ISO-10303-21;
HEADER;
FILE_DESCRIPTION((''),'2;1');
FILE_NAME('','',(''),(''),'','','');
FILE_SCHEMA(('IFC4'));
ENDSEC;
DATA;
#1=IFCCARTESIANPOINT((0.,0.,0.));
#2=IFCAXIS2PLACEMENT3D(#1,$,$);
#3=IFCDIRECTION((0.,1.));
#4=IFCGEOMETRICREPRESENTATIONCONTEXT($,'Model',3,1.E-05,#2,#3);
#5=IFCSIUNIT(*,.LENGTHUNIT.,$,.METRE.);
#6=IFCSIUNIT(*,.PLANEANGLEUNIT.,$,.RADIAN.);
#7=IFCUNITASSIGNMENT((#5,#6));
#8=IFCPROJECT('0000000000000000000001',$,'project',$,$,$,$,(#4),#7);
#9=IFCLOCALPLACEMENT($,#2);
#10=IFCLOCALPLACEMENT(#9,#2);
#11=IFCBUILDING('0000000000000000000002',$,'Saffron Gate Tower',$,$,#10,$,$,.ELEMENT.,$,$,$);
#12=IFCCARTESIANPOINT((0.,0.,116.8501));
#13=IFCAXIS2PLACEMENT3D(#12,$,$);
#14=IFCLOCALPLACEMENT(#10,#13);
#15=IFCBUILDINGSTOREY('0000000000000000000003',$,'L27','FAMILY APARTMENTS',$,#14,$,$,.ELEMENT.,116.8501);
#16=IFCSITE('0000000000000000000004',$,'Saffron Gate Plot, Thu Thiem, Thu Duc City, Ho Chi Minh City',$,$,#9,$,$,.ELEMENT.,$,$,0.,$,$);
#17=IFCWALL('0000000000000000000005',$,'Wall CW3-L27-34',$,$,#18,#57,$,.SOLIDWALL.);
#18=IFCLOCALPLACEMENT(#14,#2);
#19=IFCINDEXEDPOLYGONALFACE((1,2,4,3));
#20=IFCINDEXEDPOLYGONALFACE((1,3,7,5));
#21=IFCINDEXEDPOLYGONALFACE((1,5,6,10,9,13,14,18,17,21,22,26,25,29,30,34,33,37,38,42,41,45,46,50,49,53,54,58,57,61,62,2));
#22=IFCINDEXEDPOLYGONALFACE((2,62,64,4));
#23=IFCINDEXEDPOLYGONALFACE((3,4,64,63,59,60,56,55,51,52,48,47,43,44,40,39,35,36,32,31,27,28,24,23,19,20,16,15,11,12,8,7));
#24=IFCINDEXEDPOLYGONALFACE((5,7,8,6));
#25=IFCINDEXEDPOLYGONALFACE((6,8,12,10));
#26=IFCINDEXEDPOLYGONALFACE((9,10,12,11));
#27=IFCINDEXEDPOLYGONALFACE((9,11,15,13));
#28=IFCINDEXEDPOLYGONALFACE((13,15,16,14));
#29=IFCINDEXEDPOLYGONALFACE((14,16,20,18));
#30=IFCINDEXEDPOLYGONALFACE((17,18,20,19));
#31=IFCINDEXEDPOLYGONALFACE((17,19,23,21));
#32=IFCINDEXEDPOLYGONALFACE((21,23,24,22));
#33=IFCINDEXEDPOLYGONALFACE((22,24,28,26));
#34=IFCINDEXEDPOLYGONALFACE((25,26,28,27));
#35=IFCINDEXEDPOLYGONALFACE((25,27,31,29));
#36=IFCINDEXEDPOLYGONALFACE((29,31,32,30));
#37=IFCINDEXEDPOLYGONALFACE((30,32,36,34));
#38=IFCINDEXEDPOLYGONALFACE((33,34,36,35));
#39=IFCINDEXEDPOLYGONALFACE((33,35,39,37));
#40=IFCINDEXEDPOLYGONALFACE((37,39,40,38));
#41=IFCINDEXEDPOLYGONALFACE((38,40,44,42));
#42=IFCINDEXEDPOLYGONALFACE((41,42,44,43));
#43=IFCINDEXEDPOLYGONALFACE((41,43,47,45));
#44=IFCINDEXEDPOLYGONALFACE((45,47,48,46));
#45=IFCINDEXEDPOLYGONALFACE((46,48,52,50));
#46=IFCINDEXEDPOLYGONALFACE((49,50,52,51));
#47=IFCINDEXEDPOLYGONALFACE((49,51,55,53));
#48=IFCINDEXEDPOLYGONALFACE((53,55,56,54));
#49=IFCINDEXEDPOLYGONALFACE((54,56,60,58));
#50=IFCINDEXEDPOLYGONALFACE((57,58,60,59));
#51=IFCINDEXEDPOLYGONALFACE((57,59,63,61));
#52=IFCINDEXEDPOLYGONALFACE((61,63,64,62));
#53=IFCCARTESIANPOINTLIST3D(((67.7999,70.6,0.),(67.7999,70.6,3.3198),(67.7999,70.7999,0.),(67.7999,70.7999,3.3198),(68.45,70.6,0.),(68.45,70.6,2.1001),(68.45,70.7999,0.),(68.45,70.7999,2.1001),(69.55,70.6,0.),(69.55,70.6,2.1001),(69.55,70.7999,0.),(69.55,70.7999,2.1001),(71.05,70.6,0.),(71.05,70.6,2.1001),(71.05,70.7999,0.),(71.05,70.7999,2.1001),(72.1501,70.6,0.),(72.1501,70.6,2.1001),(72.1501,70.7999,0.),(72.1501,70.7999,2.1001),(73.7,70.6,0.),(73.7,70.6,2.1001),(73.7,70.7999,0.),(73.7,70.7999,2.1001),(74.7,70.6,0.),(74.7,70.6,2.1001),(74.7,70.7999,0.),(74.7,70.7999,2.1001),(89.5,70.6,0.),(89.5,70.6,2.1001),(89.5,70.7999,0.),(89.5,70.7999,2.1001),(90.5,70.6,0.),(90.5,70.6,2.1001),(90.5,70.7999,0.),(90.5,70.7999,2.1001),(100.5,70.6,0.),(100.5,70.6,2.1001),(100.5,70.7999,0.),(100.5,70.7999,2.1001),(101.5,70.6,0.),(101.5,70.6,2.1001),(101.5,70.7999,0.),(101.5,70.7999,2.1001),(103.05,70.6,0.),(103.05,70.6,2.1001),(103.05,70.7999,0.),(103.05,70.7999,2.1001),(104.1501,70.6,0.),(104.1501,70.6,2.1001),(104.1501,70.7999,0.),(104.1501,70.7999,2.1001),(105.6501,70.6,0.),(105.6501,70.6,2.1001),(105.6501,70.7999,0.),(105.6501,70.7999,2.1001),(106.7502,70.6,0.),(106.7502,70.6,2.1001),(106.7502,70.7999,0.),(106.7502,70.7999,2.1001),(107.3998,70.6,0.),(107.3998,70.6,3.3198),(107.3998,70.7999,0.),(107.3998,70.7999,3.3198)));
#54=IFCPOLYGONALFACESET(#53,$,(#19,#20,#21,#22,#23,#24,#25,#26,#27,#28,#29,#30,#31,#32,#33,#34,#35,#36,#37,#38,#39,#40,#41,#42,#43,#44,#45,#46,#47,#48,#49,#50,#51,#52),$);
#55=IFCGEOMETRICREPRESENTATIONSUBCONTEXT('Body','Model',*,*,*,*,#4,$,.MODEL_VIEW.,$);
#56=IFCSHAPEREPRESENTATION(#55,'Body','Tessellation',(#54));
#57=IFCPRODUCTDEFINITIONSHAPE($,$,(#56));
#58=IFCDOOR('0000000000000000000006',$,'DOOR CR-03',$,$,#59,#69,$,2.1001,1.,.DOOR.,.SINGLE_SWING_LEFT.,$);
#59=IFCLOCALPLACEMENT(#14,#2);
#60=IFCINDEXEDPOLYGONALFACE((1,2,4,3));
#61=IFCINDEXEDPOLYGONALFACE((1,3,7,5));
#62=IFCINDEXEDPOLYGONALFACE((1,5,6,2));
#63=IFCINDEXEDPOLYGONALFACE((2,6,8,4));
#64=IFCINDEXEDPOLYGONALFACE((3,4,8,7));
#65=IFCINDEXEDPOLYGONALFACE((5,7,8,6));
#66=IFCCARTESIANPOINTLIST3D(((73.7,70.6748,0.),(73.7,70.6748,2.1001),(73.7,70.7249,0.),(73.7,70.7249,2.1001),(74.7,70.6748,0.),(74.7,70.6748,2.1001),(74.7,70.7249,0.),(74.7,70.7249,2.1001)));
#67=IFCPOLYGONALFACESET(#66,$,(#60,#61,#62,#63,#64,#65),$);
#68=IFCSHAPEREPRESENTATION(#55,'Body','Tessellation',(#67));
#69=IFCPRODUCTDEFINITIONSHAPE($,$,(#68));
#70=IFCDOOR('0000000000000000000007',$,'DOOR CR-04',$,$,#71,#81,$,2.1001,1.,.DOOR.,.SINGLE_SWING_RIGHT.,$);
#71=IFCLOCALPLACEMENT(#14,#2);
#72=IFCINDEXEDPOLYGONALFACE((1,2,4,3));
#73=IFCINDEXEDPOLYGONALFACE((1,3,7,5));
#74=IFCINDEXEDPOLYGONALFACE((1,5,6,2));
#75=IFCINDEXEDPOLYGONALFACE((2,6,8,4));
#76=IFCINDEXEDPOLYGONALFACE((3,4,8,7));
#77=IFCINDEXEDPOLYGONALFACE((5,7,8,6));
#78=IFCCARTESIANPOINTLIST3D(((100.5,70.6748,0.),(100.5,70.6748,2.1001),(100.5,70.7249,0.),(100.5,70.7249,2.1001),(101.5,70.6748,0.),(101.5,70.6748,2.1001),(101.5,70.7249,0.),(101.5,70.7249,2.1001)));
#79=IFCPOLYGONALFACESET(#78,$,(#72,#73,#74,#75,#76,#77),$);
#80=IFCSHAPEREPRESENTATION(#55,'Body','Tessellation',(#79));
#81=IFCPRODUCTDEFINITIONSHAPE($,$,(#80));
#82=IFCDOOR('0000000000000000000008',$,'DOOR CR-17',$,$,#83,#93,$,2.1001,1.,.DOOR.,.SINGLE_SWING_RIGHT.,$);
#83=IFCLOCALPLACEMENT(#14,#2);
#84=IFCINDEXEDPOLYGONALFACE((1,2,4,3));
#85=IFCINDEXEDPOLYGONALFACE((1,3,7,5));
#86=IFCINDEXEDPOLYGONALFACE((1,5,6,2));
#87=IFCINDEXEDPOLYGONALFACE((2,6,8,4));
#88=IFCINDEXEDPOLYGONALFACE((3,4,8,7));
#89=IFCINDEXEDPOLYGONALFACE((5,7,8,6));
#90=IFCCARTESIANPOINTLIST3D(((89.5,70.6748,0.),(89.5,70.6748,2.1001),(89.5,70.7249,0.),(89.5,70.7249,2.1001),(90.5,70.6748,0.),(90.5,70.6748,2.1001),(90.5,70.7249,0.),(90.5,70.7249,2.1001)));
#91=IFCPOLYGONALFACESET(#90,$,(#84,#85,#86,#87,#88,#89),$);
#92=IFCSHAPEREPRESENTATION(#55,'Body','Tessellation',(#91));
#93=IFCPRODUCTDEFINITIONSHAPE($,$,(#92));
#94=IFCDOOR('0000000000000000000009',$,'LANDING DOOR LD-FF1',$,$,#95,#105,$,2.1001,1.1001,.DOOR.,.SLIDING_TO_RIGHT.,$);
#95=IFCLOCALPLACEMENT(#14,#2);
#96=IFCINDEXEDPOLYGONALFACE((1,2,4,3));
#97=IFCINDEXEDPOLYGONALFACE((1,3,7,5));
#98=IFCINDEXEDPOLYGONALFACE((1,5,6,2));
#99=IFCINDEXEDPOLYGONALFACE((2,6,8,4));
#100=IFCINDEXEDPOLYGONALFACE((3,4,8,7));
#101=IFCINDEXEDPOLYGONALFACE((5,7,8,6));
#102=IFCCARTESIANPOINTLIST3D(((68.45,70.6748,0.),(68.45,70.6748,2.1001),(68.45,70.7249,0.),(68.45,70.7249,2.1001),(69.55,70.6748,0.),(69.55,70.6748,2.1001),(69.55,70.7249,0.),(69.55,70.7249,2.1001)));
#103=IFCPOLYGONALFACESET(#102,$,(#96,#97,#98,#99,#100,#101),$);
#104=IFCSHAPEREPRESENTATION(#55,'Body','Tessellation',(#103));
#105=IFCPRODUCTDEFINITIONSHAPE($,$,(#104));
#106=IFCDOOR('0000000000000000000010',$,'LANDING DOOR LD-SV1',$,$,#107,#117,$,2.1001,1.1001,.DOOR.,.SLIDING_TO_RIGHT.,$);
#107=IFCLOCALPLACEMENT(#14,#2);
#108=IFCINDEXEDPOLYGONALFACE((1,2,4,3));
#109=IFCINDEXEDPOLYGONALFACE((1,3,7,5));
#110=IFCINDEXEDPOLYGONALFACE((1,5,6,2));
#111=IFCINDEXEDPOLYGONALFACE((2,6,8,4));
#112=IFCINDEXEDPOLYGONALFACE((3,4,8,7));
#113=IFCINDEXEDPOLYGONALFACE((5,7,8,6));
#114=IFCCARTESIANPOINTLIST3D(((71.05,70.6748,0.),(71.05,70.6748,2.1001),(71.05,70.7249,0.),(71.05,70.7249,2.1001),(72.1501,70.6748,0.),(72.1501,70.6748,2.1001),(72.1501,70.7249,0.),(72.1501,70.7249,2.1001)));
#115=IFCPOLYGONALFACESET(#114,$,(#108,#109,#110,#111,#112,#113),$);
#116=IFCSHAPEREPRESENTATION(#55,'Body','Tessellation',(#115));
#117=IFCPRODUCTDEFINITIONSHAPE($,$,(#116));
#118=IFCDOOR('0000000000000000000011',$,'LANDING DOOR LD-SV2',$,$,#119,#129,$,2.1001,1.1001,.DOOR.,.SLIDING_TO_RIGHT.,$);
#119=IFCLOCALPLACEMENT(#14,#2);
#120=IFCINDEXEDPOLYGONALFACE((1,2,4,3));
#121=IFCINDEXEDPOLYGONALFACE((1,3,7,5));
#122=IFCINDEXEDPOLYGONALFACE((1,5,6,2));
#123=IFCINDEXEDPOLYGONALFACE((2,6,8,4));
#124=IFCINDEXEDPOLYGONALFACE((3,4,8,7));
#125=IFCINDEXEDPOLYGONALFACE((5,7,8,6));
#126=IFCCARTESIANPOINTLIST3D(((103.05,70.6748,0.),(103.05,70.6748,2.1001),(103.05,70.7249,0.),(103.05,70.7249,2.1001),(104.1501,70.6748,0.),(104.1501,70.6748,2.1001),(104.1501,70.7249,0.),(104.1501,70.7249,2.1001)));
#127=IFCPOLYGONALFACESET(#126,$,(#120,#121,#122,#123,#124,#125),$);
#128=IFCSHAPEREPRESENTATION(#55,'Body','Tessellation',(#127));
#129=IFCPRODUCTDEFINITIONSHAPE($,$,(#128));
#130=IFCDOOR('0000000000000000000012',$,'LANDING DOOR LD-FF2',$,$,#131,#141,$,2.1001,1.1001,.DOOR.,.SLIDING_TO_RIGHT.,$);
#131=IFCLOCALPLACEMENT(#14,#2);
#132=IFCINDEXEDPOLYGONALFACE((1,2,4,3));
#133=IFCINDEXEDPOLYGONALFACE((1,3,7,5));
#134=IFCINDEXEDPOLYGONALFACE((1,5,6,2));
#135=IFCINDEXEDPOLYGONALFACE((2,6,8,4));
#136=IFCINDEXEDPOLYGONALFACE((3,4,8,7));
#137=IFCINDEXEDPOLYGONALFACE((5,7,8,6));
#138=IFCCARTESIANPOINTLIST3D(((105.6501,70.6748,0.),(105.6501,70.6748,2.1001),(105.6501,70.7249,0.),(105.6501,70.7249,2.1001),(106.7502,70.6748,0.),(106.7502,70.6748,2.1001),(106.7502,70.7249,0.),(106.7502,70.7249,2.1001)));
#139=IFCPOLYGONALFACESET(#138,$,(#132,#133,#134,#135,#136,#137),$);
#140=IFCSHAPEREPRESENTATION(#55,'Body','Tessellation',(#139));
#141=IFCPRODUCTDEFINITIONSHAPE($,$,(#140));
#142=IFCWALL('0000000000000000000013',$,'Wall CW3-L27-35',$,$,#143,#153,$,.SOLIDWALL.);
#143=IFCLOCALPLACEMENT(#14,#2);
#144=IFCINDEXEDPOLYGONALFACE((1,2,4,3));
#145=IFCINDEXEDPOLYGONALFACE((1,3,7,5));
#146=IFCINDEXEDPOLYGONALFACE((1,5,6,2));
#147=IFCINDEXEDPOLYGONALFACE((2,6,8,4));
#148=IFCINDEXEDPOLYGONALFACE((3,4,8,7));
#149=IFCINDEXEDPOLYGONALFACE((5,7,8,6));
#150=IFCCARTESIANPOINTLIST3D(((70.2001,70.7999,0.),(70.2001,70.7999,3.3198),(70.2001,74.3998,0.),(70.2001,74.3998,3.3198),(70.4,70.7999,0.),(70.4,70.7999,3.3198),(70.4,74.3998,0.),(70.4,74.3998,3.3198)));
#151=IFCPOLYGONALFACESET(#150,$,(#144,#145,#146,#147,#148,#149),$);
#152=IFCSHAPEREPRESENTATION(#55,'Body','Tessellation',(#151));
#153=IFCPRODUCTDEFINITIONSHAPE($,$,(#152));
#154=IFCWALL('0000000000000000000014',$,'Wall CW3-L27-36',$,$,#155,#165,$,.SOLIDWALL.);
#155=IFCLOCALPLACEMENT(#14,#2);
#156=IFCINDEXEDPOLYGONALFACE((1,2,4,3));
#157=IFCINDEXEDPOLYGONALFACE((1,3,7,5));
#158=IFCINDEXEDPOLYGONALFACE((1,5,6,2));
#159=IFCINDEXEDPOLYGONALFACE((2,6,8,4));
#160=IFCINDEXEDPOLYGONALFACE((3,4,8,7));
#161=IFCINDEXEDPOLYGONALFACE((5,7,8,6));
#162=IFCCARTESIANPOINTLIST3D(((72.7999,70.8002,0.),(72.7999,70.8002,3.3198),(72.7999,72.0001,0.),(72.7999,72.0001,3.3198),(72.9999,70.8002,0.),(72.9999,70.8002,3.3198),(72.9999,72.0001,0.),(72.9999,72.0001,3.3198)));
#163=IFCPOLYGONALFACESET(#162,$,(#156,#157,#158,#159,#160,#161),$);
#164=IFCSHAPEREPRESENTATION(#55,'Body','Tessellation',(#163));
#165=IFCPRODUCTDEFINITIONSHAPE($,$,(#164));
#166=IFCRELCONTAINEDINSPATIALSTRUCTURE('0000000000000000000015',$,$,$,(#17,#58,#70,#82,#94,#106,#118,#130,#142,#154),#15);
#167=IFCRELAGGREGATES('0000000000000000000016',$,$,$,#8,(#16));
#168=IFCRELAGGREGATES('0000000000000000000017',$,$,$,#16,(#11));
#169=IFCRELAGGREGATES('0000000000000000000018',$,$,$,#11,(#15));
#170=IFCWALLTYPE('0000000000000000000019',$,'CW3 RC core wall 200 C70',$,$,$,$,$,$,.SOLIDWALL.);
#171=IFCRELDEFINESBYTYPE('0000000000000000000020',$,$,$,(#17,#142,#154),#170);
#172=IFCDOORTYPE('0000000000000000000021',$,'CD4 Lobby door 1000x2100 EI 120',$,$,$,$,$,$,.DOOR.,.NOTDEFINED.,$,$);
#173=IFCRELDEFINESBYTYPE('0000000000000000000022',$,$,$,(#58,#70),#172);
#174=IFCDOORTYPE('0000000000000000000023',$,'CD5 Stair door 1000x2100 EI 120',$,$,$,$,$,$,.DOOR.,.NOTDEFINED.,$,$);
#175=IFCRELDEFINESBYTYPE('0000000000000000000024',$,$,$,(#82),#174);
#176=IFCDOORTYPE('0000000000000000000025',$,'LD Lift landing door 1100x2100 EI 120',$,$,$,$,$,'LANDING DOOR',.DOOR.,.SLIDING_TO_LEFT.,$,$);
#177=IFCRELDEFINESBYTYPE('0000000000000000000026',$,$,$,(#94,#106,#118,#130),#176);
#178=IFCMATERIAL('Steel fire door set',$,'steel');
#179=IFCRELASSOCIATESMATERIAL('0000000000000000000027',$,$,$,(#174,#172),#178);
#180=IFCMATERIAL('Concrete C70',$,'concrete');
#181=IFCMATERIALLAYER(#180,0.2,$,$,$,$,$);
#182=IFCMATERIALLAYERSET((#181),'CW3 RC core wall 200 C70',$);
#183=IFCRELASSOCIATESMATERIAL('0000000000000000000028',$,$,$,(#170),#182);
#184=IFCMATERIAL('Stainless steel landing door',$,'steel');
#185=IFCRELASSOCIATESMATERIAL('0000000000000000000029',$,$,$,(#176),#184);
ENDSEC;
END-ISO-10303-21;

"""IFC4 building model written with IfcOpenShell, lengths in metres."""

from ifc_helpers import new_model, si_unit, direction, frame, frame_2d, origin, place, context, subcontext, project, spatial, rectangle, extrude, material, layer, layer_set, type_object, element, fill, save


model = new_model("IFC4")

# Units and contexts
model_context = context("Model", 3, precision=1e-05, world=origin(), true_north=direction((0.0, 1.0)))
body_context = subcontext(model_context, "Body", "Model", "MODEL_VIEW")
ifc_project = project(units=[si_unit("LENGTHUNIT", "METRE"), si_unit("PLANEANGLEUNIT", "RADIAN")], contexts=[model_context])

# Site, building, storey
site_placement = place(None, origin())
site = spatial("IfcSite", under=ifc_project, at=site_placement, Name="Saffron Gate Plot, Thu Thiem, Thu Duc City, Ho Chi Minh City", CompositionType="ELEMENT", RefElevation=0.0)
building_placement = place(site_placement, origin())
building = spatial("IfcBuilding", under=site, at=building_placement, Name="Saffron Gate Tower", CompositionType="ELEMENT")
storey_placement = place(building_placement, frame((0.0, 0.0, 116.8501)))
storey = spatial("IfcBuildingStorey", under=building, at=storey_placement, Name="L27", Description="FAMILY APARTMENTS", CompositionType="ELEMENT", Elevation=116.8501)

# Wall, openings, doors
ifc_material_1 = material(Name="Concrete C70", Category="concrete")
ifc_material_2 = material(Name="Steel fire door set", Category="steel")
door_type_1 = type_object("IfcDoorType", Name="CD5 Stair door 1000x2100 EI 120", OperationType="NOTDEFINED", PredefinedType="DOOR", material=ifc_material_2)
ifc_layer_1 = layer(ifc_material_1, 0.2)
ifc_layer_set_1 = layer_set([ifc_layer_1], Name="CW3 RC core wall 200 C70")
wall_type_1 = type_object("IfcWallType", Name="CW3 RC core wall 200 C70", PredefinedType="SOLIDWALL", material=ifc_layer_set_1)
wall_1_placement = place(storey_placement, frame((67.8, 70.7, 0.0), z_axis=(0.0, 0.0, 1.0), x_axis=(1.0, 0.0, 0.0)))
wall_1 = element("IfcWall", 1, at=wall_1_placement, inside=storey, type_object=wall_type_1, Name="Wall CW3-L27-34", PredefinedType="SOLIDWALL", context=body_context, shape_type="SweptSolid", body=[
    extrude(rectangle(XDim=39.5999, YDim=0.2, at=frame_2d((19.7998, 0.0))), origin(), (0.0, 0.0, 1.0), 3.3198),
])
opening_1_placement = place(wall_1_placement, frame((0.6499, 0.0, 0.0)))
opening_1 = element("IfcOpeningElement", 2, at=opening_1_placement, cuts=wall_1, PredefinedType="OPENING", context=body_context, shape_type="SweptSolid", body=[
    extrude(rectangle(XDim=1.1001, YDim=2.1001, at=frame_2d((0.55, 1.05))), frame((0.0, 0.1099, 0.0), z_axis=(0.0, -1.0, 0.0), x_axis=(1.0, 0.0, 0.0)), (0.0, 0.0, 1.0), 0.22),
])
opening_2_placement = place(wall_1_placement, frame((3.25, 0.0, 0.0)))
opening_2 = element("IfcOpeningElement", 3, at=opening_2_placement, cuts=wall_1, PredefinedType="OPENING", context=body_context, shape_type="SweptSolid", body=[
    extrude(rectangle(XDim=1.1001, YDim=2.1001, at=frame_2d((0.55, 1.05))), frame((0.0, 0.1099, 0.0), z_axis=(0.0, -1.0, 0.0), x_axis=(1.0, 0.0, 0.0)), (0.0, 0.0, 1.0), 0.22),
])
opening_3_placement = place(wall_1_placement, frame((5.8999, 0.0, 0.0)))
opening_3 = element("IfcOpeningElement", 4, at=opening_3_placement, cuts=wall_1, PredefinedType="OPENING", context=body_context, shape_type="SweptSolid", body=[
    extrude(rectangle(XDim=1.0, YDim=2.1001, at=frame_2d((0.5, 1.05))), frame((0.0, 0.1099, 0.0), z_axis=(0.0, -1.0, 0.0), x_axis=(1.0, 0.0, 0.0)), (0.0, 0.0, 1.0), 0.22),
])
opening_4_placement = place(wall_1_placement, frame((21.7, 0.0, 0.0)))
opening_4 = element("IfcOpeningElement", 5, at=opening_4_placement, cuts=wall_1, PredefinedType="OPENING", context=body_context, shape_type="SweptSolid", body=[
    extrude(rectangle(XDim=1.0, YDim=2.1001, at=frame_2d((0.5, 1.05))), frame((0.0, 0.1099, 0.0), z_axis=(0.0, -1.0, 0.0), x_axis=(1.0, 0.0, 0.0)), (0.0, 0.0, 1.0), 0.22),
])
opening_5_placement = place(wall_1_placement, frame((32.7, 0.0, 0.0)))
opening_5 = element("IfcOpeningElement", 6, at=opening_5_placement, cuts=wall_1, PredefinedType="OPENING", context=body_context, shape_type="SweptSolid", body=[
    extrude(rectangle(XDim=1.0, YDim=2.1001, at=frame_2d((0.5, 1.05))), frame((0.0, 0.1099, 0.0), z_axis=(0.0, -1.0, 0.0), x_axis=(1.0, 0.0, 0.0)), (0.0, 0.0, 1.0), 0.22),
])
opening_6_placement = place(wall_1_placement, frame((35.25, 0.0, 0.0)))
opening_6 = element("IfcOpeningElement", 7, at=opening_6_placement, cuts=wall_1, PredefinedType="OPENING", context=body_context, shape_type="SweptSolid", body=[
    extrude(rectangle(XDim=1.1001, YDim=2.1001, at=frame_2d((0.55, 1.05))), frame((0.0, 0.1099, 0.0), z_axis=(0.0, -1.0, 0.0), x_axis=(1.0, 0.0, 0.0)), (0.0, 0.0, 1.0), 0.22),
])
opening_7_placement = place(wall_1_placement, frame((37.8501, 0.0, 0.0)))
opening_7 = element("IfcOpeningElement", 8, at=opening_7_placement, cuts=wall_1, PredefinedType="OPENING", context=body_context, shape_type="SweptSolid", body=[
    extrude(rectangle(XDim=1.1001, YDim=2.1001, at=frame_2d((0.55, 1.05))), frame((0.0, 0.1099, 0.0), z_axis=(0.0, -1.0, 0.0), x_axis=(1.0, 0.0, 0.0)), (0.0, 0.0, 1.0), 0.22),
])
door_type_2 = type_object("IfcDoorType", Name="CD4 Lobby door 1000x2100 EI 120", OperationType="NOTDEFINED", PredefinedType="DOOR", material=ifc_material_2)
door_1_placement = place(opening_3_placement, origin())
door_1 = element("IfcDoor", 9, at=door_1_placement, inside=storey, type_object=door_type_2, Name="DOOR CR-03", OperationType="SINGLE_SWING_LEFT", OverallHeight=2.1001, OverallWidth=1.0, PredefinedType="DOOR", context=body_context, shape_type="SweptSolid", body=[
    extrude(rectangle(XDim=1.0, YDim=2.1001, at=frame_2d((0.5, 1.05))), frame((0.0, 0.0249, 0.0), z_axis=(0.0, -1.0, 0.0), x_axis=(1.0, 0.0, 0.0)), (0.0, 0.0, 1.0), 0.05),
])
fill(opening_3, door_1)
door_2_placement = place(opening_5_placement, origin())
door_2 = element("IfcDoor", 10, at=door_2_placement, inside=storey, type_object=door_type_2, Name="DOOR CR-04", OperationType="SINGLE_SWING_RIGHT", OverallHeight=2.1001, OverallWidth=1.0, PredefinedType="DOOR", context=body_context, shape_type="SweptSolid", body=[
    extrude(rectangle(XDim=1.0, YDim=2.1001, at=frame_2d((0.5, 1.05))), frame((0.0, 0.0249, 0.0), z_axis=(0.0, -1.0, 0.0), x_axis=(1.0, 0.0, 0.0)), (0.0, 0.0, 1.0), 0.05),
])
fill(opening_5, door_2)
door_3_placement = place(opening_4_placement, origin())
door_3 = element("IfcDoor", 11, at=door_3_placement, inside=storey, type_object=door_type_1, Name="DOOR CR-17", OperationType="SINGLE_SWING_RIGHT", OverallHeight=2.1001, OverallWidth=1.0, PredefinedType="DOOR", context=body_context, shape_type="SweptSolid", body=[
    extrude(rectangle(XDim=1.0, YDim=2.1001, at=frame_2d((0.5, 1.05))), frame((0.0, 0.0249, 0.0), z_axis=(0.0, -1.0, 0.0), x_axis=(1.0, 0.0, 0.0)), (0.0, 0.0, 1.0), 0.05),
])
fill(opening_4, door_3)
ifc_material_3 = material(Name="Stainless steel landing door", Category="steel")
door_type_3 = type_object("IfcDoorType", Name="LD Lift landing door 1100x2100 EI 120", ElementType="LANDING DOOR", OperationType="SLIDING_TO_LEFT", PredefinedType="DOOR", material=ifc_material_3)
door_4_placement = place(opening_1_placement, origin())
door_4 = element("IfcDoor", 12, at=door_4_placement, inside=storey, type_object=door_type_3, Name="LANDING DOOR LD-FF1", OperationType="SLIDING_TO_RIGHT", OverallHeight=2.1001, OverallWidth=1.1001, PredefinedType="DOOR", context=body_context, shape_type="SweptSolid", body=[
    extrude(rectangle(XDim=1.1001, YDim=2.1001, at=frame_2d((0.55, 1.05))), frame((0.0, 0.0249, 0.0), z_axis=(0.0, -1.0, 0.0), x_axis=(1.0, 0.0, 0.0)), (0.0, 0.0, 1.0), 0.05),
])
fill(opening_1, door_4)
door_5_placement = place(opening_2_placement, origin())
door_5 = element("IfcDoor", 13, at=door_5_placement, inside=storey, type_object=door_type_3, Name="LANDING DOOR LD-SV1", OperationType="SLIDING_TO_RIGHT", OverallHeight=2.1001, OverallWidth=1.1001, PredefinedType="DOOR", context=body_context, shape_type="SweptSolid", body=[
    extrude(rectangle(XDim=1.1001, YDim=2.1001, at=frame_2d((0.55, 1.05))), frame((0.0, 0.0249, 0.0), z_axis=(0.0, -1.0, 0.0), x_axis=(1.0, 0.0, 0.0)), (0.0, 0.0, 1.0), 0.05),
])
fill(opening_2, door_5)
door_6_placement = place(opening_6_placement, origin())
door_6 = element("IfcDoor", 14, at=door_6_placement, inside=storey, type_object=door_type_3, Name="LANDING DOOR LD-SV2", OperationType="SLIDING_TO_RIGHT", OverallHeight=2.1001, OverallWidth=1.1001, PredefinedType="DOOR", context=body_context, shape_type="SweptSolid", body=[
    extrude(rectangle(XDim=1.1001, YDim=2.1001, at=frame_2d((0.55, 1.05))), frame((0.0, 0.0249, 0.0), z_axis=(0.0, -1.0, 0.0), x_axis=(1.0, 0.0, 0.0)), (0.0, 0.0, 1.0), 0.05),
])
fill(opening_6, door_6)
door_7_placement = place(opening_7_placement, origin())
door_7 = element("IfcDoor", 15, at=door_7_placement, inside=storey, type_object=door_type_3, Name="LANDING DOOR LD-FF2", OperationType="SLIDING_TO_RIGHT", OverallHeight=2.1001, OverallWidth=1.1001, PredefinedType="DOOR", context=body_context, shape_type="SweptSolid", body=[
    extrude(rectangle(XDim=1.1001, YDim=2.1001, at=frame_2d((0.55, 1.05))), frame((0.0, 0.0249, 0.0), z_axis=(0.0, -1.0, 0.0), x_axis=(1.0, 0.0, 0.0)), (0.0, 0.0, 1.0), 0.05),
])
fill(opening_7, door_7)

# Walls
wall_2_placement = place(storey_placement, frame((70.3, 70.8, 0.0), z_axis=(0.0, 0.0, 1.0), x_axis=(0.0, 1.0, 0.0)))
element("IfcWall", 16, at=wall_2_placement, inside=storey, type_object=wall_type_1, Name="Wall CW3-L27-35", PredefinedType="SOLIDWALL", context=body_context, shape_type="SweptSolid", body=[
    extrude(rectangle(XDim=3.5999, YDim=0.2, at=frame_2d((1.7998, 0.0))), origin(), (0.0, 0.0, 1.0), 3.3198),
])
wall_3_placement = place(storey_placement, frame((72.8999, 70.8, 0.0), z_axis=(0.0, 0.0, 1.0), x_axis=(0.0, 1.0, 0.0)))
element("IfcWall", 17, at=wall_3_placement, inside=storey, type_object=wall_type_1, Name="Wall CW3-L27-36", PredefinedType="SOLIDWALL", context=body_context, shape_type="SweptSolid", body=[
    extrude(rectangle(XDim=1.2, YDim=0.2, at=frame_2d((0.6001, 0.0))), origin(), (0.0, 0.0, 1.0), 3.3198),
])

save(model, "model.ifc")
